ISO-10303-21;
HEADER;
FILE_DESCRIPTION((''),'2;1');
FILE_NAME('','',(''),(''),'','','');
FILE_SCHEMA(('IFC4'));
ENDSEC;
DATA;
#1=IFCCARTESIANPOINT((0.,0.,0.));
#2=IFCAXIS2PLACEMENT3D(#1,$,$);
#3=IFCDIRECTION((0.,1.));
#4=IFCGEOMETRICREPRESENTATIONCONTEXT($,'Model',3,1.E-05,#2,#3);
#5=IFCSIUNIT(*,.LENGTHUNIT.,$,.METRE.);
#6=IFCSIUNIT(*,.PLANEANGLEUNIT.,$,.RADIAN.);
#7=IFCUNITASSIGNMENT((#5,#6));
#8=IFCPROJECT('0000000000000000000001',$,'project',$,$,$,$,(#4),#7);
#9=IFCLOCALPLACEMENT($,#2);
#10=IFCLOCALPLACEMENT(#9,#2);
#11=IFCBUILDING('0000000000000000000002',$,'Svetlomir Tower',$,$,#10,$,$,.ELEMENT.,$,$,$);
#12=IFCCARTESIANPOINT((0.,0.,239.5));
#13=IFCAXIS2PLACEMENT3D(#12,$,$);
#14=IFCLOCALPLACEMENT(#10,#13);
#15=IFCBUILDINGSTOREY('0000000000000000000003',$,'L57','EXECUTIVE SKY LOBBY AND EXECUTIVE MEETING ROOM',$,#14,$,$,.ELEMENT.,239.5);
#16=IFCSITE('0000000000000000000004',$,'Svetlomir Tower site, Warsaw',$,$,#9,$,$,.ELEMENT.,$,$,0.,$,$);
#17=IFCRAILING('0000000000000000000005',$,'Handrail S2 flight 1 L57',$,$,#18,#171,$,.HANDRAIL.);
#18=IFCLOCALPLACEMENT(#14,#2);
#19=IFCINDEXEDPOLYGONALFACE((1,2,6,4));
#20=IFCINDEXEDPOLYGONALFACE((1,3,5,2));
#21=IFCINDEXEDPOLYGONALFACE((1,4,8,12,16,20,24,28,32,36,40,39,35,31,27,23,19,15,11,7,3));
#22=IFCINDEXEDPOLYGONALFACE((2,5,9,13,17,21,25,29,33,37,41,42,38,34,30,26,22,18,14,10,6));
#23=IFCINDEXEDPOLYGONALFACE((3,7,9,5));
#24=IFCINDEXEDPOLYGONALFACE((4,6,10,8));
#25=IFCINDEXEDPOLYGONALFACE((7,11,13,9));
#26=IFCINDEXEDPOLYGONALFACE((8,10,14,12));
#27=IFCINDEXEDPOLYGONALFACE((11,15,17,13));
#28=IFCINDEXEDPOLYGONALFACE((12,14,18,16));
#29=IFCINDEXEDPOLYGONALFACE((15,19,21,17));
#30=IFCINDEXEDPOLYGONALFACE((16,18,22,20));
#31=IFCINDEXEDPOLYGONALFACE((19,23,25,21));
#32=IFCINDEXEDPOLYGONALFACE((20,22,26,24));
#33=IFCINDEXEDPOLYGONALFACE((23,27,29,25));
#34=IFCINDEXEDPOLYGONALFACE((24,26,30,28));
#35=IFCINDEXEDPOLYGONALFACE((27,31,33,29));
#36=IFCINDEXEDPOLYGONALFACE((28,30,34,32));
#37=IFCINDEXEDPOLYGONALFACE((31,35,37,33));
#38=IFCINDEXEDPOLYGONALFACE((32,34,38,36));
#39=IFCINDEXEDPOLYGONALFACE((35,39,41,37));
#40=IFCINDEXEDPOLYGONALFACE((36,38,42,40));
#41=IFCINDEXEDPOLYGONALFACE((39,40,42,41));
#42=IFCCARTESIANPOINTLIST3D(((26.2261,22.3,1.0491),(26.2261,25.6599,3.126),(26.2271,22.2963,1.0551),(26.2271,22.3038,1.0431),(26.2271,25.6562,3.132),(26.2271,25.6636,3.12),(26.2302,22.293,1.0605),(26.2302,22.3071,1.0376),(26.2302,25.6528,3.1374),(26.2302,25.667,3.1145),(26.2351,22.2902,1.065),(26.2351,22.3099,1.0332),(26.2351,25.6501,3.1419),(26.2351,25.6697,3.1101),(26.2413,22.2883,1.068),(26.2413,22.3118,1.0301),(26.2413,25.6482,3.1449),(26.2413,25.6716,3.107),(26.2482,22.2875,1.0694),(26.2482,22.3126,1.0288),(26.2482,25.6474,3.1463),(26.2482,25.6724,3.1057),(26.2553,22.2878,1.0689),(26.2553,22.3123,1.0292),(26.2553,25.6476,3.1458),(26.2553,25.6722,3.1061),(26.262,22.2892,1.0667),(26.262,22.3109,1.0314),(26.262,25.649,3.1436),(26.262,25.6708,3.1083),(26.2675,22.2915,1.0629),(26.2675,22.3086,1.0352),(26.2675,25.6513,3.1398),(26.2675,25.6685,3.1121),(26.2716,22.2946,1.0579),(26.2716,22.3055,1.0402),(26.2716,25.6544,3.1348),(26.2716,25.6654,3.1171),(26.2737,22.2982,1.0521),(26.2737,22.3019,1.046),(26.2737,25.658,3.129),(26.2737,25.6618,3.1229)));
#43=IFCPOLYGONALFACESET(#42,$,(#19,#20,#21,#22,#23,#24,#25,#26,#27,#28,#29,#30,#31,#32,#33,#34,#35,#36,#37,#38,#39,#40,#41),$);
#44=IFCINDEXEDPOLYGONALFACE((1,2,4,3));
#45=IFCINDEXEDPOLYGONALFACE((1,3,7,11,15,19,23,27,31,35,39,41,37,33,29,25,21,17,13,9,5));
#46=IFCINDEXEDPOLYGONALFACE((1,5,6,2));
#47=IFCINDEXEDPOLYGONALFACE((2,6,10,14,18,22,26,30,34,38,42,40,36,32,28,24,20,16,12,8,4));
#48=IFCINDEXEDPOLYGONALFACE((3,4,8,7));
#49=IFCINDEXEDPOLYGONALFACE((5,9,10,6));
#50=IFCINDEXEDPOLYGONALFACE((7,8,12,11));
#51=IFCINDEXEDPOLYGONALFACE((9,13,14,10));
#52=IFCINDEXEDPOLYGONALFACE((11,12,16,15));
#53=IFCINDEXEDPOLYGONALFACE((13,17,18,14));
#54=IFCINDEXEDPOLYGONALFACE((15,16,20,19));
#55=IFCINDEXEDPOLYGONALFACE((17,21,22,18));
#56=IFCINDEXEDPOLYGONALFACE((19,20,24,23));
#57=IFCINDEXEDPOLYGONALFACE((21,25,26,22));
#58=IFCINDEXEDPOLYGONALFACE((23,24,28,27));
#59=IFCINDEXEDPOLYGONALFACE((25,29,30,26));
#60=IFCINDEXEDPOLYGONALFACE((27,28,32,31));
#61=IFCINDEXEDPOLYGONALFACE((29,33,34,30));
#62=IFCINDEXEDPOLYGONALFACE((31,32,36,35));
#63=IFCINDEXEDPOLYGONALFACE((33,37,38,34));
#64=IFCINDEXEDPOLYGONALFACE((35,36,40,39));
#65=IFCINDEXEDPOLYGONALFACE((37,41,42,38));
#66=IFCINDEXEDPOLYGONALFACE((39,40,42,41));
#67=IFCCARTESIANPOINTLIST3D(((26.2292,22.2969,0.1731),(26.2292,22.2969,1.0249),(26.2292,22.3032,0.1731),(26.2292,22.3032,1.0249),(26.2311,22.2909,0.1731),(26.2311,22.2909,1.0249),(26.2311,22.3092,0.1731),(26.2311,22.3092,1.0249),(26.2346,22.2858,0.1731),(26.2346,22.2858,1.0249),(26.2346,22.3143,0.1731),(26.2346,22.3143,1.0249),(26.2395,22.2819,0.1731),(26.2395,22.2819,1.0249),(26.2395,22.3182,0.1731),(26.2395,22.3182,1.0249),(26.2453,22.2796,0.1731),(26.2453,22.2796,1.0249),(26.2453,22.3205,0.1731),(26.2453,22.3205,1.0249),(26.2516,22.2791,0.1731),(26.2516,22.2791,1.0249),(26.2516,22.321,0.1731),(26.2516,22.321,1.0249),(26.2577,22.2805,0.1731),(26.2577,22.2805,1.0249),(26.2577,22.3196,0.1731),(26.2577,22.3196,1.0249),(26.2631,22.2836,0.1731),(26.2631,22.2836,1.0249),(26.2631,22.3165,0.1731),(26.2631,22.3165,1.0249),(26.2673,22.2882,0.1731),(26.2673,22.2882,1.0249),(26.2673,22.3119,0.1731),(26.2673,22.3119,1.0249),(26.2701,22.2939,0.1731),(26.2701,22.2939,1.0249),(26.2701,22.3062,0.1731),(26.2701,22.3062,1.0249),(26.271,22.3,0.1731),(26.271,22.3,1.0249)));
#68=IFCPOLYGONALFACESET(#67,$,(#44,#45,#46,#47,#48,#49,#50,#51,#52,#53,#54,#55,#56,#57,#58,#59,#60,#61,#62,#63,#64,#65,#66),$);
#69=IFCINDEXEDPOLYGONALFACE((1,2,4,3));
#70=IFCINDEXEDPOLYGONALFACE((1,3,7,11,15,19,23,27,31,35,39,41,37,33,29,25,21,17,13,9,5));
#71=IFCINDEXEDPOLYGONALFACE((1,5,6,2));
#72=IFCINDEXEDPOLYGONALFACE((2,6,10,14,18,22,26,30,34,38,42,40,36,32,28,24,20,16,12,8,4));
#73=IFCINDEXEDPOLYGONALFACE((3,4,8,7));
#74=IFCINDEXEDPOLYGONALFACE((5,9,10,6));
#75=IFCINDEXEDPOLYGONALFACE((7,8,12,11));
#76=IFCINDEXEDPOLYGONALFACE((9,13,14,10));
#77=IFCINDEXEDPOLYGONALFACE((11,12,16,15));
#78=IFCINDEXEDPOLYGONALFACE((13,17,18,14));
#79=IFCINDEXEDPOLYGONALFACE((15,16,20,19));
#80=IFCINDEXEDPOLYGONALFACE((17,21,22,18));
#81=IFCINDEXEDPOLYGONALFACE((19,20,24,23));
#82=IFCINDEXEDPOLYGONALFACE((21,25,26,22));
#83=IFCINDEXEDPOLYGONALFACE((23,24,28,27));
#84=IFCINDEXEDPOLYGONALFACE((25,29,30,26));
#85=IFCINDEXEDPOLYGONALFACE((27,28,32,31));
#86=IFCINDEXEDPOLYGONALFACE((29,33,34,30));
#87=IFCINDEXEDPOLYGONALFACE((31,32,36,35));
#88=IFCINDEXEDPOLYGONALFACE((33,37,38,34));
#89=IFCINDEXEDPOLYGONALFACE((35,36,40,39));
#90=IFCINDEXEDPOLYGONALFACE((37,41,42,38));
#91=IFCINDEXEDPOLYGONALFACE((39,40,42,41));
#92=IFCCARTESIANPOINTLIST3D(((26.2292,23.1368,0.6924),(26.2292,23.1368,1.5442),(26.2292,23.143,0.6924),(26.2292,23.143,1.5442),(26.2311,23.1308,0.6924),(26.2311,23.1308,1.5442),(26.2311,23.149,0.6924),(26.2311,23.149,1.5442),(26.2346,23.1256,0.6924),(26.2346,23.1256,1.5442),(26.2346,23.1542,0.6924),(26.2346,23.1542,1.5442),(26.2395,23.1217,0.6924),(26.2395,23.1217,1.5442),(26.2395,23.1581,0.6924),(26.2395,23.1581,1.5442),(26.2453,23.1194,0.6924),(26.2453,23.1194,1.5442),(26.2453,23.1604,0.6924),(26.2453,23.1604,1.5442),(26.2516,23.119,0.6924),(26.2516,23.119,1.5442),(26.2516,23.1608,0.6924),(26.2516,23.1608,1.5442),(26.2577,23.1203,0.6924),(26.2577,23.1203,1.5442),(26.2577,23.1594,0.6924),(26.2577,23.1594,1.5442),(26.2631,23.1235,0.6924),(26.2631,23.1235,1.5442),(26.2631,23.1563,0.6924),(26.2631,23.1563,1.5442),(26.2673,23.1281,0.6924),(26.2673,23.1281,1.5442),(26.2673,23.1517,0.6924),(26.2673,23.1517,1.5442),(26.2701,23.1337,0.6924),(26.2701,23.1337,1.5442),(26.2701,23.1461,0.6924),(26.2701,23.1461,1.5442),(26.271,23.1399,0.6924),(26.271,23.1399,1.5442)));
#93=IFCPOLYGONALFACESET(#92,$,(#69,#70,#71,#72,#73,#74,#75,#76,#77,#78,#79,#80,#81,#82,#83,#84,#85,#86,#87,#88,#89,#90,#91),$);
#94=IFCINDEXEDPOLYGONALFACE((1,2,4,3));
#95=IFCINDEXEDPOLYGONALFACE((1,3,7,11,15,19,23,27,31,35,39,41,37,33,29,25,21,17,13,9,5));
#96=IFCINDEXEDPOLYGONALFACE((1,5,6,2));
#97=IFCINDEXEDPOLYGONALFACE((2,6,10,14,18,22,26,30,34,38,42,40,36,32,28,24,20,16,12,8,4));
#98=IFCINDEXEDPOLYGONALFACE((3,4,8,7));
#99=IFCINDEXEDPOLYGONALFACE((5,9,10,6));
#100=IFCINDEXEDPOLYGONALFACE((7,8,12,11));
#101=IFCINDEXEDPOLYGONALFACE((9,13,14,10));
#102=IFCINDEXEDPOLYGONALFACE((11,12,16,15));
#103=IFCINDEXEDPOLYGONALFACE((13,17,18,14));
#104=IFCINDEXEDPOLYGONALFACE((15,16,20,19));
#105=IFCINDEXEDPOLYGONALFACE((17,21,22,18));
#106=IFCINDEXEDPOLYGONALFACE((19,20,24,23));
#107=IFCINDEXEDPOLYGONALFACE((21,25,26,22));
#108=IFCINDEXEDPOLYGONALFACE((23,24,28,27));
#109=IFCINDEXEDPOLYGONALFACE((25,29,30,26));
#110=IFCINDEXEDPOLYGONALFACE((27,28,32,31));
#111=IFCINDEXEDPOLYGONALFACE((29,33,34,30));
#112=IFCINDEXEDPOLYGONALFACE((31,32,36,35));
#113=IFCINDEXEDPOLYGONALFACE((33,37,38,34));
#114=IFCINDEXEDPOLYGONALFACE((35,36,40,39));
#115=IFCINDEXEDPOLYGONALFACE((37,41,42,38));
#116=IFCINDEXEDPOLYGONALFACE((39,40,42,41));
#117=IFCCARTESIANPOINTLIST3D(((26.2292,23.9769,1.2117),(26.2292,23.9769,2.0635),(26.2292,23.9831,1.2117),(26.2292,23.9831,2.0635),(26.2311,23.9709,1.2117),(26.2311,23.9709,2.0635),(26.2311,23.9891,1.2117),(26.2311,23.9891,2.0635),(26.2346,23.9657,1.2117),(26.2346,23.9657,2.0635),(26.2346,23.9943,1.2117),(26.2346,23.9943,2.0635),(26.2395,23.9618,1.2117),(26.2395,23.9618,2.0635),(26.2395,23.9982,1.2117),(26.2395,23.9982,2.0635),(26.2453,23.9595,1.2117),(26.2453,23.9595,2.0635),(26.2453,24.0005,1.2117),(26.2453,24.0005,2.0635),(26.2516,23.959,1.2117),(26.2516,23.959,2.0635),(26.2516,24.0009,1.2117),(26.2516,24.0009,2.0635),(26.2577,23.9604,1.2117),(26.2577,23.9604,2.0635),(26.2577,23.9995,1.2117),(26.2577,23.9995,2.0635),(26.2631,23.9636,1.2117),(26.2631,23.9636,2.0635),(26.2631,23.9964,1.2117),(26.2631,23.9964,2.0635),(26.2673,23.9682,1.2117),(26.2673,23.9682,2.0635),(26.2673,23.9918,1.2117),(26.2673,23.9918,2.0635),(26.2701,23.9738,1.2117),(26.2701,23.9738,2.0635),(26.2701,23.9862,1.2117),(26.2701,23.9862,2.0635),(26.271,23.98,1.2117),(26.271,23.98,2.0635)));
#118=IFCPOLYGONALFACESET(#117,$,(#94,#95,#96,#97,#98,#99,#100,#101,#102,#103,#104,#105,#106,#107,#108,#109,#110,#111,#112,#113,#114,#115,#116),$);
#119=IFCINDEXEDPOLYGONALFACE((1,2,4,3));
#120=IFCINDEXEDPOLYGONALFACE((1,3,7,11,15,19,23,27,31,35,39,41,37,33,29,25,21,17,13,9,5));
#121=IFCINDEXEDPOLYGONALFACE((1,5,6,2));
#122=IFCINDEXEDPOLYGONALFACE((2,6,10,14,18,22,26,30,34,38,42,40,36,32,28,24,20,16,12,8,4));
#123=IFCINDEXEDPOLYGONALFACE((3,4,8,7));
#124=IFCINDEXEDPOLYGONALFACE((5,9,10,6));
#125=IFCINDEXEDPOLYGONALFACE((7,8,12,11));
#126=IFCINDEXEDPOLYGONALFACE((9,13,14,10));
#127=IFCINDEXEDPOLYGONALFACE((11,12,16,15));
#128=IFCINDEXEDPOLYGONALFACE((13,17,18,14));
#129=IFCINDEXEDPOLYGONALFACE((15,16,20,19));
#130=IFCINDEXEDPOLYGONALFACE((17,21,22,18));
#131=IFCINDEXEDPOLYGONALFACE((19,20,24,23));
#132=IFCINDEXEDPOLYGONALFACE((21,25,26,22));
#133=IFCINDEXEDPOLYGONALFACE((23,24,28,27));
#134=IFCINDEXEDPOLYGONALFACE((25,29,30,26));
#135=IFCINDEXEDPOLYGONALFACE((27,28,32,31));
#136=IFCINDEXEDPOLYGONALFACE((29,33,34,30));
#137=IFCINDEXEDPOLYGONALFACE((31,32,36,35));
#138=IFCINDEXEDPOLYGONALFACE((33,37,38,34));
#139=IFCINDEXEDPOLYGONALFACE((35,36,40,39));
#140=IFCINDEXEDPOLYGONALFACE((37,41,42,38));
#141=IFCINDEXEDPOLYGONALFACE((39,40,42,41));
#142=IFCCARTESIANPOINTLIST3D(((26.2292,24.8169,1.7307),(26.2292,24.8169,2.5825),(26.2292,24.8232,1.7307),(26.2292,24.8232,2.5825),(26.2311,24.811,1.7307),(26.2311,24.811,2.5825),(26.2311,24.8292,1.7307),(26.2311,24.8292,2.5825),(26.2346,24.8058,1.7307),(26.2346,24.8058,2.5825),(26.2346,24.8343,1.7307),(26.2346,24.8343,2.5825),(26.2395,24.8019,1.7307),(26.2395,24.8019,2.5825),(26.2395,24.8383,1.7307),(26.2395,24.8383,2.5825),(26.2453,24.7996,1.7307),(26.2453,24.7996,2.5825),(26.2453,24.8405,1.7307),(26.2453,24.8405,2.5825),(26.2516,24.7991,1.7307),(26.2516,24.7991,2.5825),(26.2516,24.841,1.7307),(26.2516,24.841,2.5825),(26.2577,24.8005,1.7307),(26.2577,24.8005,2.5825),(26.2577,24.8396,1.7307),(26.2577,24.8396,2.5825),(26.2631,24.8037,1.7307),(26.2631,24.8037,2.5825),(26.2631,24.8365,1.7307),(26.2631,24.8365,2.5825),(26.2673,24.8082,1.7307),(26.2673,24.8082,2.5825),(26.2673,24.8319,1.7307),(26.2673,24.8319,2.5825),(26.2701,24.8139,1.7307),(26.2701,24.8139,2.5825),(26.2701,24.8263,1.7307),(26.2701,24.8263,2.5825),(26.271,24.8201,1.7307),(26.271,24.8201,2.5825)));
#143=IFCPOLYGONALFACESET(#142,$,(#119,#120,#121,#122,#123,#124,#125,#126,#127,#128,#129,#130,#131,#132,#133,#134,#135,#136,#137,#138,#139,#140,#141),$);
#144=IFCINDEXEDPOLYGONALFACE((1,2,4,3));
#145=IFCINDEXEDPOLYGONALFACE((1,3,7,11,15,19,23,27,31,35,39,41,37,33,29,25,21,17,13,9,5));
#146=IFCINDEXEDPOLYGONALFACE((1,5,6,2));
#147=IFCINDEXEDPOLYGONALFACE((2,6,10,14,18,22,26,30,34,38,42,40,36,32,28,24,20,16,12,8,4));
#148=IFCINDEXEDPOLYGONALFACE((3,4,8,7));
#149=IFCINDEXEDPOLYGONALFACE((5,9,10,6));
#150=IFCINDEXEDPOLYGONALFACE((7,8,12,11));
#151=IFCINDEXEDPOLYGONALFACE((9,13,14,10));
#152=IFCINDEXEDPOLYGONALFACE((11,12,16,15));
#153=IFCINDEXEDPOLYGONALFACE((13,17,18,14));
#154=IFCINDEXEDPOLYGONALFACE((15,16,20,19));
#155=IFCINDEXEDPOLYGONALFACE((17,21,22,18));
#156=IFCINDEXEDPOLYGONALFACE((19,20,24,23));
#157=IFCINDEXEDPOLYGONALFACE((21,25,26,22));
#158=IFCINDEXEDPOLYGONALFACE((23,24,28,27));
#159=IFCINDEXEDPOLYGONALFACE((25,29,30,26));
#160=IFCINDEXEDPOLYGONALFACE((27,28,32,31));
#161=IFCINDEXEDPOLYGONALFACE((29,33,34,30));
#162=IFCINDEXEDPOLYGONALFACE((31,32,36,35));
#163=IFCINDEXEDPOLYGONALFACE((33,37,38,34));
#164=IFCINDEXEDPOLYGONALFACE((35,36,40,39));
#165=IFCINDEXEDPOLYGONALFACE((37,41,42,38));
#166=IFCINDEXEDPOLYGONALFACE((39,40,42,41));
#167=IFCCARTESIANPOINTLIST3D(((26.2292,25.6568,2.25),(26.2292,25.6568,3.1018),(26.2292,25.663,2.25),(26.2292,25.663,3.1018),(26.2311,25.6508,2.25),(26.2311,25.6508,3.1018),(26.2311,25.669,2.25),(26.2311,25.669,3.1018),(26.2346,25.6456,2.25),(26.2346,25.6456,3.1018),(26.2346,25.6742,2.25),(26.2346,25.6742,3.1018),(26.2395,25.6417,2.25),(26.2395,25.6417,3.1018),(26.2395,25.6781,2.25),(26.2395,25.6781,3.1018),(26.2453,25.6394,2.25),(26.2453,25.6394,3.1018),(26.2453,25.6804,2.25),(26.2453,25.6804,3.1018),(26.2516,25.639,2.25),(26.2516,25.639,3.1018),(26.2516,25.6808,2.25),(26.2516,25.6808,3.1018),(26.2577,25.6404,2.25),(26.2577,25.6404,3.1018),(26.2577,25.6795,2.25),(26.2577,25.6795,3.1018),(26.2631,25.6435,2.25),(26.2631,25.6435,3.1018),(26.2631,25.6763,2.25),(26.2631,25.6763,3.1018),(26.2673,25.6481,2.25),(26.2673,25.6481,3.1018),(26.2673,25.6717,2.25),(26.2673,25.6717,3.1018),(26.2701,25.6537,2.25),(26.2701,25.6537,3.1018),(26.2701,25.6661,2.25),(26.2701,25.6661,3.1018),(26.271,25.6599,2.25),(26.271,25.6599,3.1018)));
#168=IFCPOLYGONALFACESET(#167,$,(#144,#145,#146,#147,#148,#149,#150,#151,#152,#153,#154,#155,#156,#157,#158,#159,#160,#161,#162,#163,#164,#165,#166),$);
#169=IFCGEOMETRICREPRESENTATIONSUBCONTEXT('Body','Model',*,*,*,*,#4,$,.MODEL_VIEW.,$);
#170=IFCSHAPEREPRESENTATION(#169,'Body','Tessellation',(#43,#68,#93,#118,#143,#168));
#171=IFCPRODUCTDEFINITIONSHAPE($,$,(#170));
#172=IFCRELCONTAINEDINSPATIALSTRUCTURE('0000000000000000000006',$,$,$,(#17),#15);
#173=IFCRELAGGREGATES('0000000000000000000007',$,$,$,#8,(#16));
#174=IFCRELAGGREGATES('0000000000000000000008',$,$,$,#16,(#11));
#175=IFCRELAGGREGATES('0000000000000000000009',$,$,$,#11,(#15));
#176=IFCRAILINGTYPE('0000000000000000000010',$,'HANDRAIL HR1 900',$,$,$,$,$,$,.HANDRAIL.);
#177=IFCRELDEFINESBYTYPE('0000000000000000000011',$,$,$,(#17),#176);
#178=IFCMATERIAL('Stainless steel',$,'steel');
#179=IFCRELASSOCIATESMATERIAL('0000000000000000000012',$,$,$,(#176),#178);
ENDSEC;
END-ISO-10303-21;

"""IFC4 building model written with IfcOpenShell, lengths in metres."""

from ifc_helpers import new_model, si_unit, direction, frame, origin, origin_2d, place, context, subcontext, project, spatial, circle, extrude, material, type_object, element, save


model = new_model("IFC4")

# Units and contexts
model_context = context("Model", 3, precision=1e-05, world=origin(), true_north=direction((0.0, 1.0)))
body_context = subcontext(model_context, "Body", "Model", "MODEL_VIEW")
ifc_project = project(units=[si_unit("LENGTHUNIT", "METRE"), si_unit("PLANEANGLEUNIT", "RADIAN")], contexts=[model_context])

# Site, building, storey
site_placement = place(None, origin())
site = spatial("IfcSite", under=ifc_project, at=site_placement, Name="Svetlomir Tower site, Warsaw", CompositionType="ELEMENT", RefElevation=0.0)
building_placement = place(site_placement, origin())
building = spatial("IfcBuilding", under=site, at=building_placement, Name="Svetlomir Tower", CompositionType="ELEMENT")
storey_placement = place(building_placement, frame((0.0, 0.0, 239.5)))
storey = spatial("IfcBuildingStorey", under=building, at=storey_placement, Name="L57", Description="EXECUTIVE SKY LOBBY AND EXECUTIVE MEETING ROOM", CompositionType="ELEMENT", Elevation=239.5)

# Railing
ifc_material_1 = material(Name="Stainless steel", Category="steel")
railing_type = type_object("IfcRailingType", Name="HANDRAIL HR1 900", PredefinedType="HANDRAIL", material=ifc_material_1)
railing_1_placement = place(storey_placement, frame((26.25, 22.3, 0.1731)))
element("IfcRailing", 1, at=railing_1_placement, inside=storey, type_object=railing_type, Name="Handrail S2 flight 1 L57", PredefinedType="HANDRAIL", context=body_context, shape_type="SweptSolid", body=[
    extrude(circle(Radius=0.0239, at=origin_2d()), frame((0.0, 0.0, 0.876), z_axis=(0.0, 0.850606, 0.525803), x_axis=(-1.0, 0.0, 0.0)), (0.0, 0.0, 1.0), 3.95),
    extrude(circle(Radius=0.021, at=origin_2d()), origin(), (0.0, 0.0, 1.0), 0.8518),
    extrude(circle(Radius=0.021, at=origin_2d()), frame((0.0, 0.8398, 0.5193)), (0.0, 0.0, 1.0), 0.8518),
    extrude(circle(Radius=0.021, at=origin_2d()), frame((0.0, 1.6799, 1.0386)), (0.0, 0.0, 1.0), 0.8518),
    extrude(circle(Radius=0.021, at=origin_2d()), frame((0.0, 2.52, 1.5576)), (0.0, 0.0, 1.0), 0.8518),
    extrude(circle(Radius=0.021, at=origin_2d()), frame((0.0, 3.3599, 2.0769)), (0.0, 0.0, 1.0), 0.8518),
])

save(model, "model.ifc")
